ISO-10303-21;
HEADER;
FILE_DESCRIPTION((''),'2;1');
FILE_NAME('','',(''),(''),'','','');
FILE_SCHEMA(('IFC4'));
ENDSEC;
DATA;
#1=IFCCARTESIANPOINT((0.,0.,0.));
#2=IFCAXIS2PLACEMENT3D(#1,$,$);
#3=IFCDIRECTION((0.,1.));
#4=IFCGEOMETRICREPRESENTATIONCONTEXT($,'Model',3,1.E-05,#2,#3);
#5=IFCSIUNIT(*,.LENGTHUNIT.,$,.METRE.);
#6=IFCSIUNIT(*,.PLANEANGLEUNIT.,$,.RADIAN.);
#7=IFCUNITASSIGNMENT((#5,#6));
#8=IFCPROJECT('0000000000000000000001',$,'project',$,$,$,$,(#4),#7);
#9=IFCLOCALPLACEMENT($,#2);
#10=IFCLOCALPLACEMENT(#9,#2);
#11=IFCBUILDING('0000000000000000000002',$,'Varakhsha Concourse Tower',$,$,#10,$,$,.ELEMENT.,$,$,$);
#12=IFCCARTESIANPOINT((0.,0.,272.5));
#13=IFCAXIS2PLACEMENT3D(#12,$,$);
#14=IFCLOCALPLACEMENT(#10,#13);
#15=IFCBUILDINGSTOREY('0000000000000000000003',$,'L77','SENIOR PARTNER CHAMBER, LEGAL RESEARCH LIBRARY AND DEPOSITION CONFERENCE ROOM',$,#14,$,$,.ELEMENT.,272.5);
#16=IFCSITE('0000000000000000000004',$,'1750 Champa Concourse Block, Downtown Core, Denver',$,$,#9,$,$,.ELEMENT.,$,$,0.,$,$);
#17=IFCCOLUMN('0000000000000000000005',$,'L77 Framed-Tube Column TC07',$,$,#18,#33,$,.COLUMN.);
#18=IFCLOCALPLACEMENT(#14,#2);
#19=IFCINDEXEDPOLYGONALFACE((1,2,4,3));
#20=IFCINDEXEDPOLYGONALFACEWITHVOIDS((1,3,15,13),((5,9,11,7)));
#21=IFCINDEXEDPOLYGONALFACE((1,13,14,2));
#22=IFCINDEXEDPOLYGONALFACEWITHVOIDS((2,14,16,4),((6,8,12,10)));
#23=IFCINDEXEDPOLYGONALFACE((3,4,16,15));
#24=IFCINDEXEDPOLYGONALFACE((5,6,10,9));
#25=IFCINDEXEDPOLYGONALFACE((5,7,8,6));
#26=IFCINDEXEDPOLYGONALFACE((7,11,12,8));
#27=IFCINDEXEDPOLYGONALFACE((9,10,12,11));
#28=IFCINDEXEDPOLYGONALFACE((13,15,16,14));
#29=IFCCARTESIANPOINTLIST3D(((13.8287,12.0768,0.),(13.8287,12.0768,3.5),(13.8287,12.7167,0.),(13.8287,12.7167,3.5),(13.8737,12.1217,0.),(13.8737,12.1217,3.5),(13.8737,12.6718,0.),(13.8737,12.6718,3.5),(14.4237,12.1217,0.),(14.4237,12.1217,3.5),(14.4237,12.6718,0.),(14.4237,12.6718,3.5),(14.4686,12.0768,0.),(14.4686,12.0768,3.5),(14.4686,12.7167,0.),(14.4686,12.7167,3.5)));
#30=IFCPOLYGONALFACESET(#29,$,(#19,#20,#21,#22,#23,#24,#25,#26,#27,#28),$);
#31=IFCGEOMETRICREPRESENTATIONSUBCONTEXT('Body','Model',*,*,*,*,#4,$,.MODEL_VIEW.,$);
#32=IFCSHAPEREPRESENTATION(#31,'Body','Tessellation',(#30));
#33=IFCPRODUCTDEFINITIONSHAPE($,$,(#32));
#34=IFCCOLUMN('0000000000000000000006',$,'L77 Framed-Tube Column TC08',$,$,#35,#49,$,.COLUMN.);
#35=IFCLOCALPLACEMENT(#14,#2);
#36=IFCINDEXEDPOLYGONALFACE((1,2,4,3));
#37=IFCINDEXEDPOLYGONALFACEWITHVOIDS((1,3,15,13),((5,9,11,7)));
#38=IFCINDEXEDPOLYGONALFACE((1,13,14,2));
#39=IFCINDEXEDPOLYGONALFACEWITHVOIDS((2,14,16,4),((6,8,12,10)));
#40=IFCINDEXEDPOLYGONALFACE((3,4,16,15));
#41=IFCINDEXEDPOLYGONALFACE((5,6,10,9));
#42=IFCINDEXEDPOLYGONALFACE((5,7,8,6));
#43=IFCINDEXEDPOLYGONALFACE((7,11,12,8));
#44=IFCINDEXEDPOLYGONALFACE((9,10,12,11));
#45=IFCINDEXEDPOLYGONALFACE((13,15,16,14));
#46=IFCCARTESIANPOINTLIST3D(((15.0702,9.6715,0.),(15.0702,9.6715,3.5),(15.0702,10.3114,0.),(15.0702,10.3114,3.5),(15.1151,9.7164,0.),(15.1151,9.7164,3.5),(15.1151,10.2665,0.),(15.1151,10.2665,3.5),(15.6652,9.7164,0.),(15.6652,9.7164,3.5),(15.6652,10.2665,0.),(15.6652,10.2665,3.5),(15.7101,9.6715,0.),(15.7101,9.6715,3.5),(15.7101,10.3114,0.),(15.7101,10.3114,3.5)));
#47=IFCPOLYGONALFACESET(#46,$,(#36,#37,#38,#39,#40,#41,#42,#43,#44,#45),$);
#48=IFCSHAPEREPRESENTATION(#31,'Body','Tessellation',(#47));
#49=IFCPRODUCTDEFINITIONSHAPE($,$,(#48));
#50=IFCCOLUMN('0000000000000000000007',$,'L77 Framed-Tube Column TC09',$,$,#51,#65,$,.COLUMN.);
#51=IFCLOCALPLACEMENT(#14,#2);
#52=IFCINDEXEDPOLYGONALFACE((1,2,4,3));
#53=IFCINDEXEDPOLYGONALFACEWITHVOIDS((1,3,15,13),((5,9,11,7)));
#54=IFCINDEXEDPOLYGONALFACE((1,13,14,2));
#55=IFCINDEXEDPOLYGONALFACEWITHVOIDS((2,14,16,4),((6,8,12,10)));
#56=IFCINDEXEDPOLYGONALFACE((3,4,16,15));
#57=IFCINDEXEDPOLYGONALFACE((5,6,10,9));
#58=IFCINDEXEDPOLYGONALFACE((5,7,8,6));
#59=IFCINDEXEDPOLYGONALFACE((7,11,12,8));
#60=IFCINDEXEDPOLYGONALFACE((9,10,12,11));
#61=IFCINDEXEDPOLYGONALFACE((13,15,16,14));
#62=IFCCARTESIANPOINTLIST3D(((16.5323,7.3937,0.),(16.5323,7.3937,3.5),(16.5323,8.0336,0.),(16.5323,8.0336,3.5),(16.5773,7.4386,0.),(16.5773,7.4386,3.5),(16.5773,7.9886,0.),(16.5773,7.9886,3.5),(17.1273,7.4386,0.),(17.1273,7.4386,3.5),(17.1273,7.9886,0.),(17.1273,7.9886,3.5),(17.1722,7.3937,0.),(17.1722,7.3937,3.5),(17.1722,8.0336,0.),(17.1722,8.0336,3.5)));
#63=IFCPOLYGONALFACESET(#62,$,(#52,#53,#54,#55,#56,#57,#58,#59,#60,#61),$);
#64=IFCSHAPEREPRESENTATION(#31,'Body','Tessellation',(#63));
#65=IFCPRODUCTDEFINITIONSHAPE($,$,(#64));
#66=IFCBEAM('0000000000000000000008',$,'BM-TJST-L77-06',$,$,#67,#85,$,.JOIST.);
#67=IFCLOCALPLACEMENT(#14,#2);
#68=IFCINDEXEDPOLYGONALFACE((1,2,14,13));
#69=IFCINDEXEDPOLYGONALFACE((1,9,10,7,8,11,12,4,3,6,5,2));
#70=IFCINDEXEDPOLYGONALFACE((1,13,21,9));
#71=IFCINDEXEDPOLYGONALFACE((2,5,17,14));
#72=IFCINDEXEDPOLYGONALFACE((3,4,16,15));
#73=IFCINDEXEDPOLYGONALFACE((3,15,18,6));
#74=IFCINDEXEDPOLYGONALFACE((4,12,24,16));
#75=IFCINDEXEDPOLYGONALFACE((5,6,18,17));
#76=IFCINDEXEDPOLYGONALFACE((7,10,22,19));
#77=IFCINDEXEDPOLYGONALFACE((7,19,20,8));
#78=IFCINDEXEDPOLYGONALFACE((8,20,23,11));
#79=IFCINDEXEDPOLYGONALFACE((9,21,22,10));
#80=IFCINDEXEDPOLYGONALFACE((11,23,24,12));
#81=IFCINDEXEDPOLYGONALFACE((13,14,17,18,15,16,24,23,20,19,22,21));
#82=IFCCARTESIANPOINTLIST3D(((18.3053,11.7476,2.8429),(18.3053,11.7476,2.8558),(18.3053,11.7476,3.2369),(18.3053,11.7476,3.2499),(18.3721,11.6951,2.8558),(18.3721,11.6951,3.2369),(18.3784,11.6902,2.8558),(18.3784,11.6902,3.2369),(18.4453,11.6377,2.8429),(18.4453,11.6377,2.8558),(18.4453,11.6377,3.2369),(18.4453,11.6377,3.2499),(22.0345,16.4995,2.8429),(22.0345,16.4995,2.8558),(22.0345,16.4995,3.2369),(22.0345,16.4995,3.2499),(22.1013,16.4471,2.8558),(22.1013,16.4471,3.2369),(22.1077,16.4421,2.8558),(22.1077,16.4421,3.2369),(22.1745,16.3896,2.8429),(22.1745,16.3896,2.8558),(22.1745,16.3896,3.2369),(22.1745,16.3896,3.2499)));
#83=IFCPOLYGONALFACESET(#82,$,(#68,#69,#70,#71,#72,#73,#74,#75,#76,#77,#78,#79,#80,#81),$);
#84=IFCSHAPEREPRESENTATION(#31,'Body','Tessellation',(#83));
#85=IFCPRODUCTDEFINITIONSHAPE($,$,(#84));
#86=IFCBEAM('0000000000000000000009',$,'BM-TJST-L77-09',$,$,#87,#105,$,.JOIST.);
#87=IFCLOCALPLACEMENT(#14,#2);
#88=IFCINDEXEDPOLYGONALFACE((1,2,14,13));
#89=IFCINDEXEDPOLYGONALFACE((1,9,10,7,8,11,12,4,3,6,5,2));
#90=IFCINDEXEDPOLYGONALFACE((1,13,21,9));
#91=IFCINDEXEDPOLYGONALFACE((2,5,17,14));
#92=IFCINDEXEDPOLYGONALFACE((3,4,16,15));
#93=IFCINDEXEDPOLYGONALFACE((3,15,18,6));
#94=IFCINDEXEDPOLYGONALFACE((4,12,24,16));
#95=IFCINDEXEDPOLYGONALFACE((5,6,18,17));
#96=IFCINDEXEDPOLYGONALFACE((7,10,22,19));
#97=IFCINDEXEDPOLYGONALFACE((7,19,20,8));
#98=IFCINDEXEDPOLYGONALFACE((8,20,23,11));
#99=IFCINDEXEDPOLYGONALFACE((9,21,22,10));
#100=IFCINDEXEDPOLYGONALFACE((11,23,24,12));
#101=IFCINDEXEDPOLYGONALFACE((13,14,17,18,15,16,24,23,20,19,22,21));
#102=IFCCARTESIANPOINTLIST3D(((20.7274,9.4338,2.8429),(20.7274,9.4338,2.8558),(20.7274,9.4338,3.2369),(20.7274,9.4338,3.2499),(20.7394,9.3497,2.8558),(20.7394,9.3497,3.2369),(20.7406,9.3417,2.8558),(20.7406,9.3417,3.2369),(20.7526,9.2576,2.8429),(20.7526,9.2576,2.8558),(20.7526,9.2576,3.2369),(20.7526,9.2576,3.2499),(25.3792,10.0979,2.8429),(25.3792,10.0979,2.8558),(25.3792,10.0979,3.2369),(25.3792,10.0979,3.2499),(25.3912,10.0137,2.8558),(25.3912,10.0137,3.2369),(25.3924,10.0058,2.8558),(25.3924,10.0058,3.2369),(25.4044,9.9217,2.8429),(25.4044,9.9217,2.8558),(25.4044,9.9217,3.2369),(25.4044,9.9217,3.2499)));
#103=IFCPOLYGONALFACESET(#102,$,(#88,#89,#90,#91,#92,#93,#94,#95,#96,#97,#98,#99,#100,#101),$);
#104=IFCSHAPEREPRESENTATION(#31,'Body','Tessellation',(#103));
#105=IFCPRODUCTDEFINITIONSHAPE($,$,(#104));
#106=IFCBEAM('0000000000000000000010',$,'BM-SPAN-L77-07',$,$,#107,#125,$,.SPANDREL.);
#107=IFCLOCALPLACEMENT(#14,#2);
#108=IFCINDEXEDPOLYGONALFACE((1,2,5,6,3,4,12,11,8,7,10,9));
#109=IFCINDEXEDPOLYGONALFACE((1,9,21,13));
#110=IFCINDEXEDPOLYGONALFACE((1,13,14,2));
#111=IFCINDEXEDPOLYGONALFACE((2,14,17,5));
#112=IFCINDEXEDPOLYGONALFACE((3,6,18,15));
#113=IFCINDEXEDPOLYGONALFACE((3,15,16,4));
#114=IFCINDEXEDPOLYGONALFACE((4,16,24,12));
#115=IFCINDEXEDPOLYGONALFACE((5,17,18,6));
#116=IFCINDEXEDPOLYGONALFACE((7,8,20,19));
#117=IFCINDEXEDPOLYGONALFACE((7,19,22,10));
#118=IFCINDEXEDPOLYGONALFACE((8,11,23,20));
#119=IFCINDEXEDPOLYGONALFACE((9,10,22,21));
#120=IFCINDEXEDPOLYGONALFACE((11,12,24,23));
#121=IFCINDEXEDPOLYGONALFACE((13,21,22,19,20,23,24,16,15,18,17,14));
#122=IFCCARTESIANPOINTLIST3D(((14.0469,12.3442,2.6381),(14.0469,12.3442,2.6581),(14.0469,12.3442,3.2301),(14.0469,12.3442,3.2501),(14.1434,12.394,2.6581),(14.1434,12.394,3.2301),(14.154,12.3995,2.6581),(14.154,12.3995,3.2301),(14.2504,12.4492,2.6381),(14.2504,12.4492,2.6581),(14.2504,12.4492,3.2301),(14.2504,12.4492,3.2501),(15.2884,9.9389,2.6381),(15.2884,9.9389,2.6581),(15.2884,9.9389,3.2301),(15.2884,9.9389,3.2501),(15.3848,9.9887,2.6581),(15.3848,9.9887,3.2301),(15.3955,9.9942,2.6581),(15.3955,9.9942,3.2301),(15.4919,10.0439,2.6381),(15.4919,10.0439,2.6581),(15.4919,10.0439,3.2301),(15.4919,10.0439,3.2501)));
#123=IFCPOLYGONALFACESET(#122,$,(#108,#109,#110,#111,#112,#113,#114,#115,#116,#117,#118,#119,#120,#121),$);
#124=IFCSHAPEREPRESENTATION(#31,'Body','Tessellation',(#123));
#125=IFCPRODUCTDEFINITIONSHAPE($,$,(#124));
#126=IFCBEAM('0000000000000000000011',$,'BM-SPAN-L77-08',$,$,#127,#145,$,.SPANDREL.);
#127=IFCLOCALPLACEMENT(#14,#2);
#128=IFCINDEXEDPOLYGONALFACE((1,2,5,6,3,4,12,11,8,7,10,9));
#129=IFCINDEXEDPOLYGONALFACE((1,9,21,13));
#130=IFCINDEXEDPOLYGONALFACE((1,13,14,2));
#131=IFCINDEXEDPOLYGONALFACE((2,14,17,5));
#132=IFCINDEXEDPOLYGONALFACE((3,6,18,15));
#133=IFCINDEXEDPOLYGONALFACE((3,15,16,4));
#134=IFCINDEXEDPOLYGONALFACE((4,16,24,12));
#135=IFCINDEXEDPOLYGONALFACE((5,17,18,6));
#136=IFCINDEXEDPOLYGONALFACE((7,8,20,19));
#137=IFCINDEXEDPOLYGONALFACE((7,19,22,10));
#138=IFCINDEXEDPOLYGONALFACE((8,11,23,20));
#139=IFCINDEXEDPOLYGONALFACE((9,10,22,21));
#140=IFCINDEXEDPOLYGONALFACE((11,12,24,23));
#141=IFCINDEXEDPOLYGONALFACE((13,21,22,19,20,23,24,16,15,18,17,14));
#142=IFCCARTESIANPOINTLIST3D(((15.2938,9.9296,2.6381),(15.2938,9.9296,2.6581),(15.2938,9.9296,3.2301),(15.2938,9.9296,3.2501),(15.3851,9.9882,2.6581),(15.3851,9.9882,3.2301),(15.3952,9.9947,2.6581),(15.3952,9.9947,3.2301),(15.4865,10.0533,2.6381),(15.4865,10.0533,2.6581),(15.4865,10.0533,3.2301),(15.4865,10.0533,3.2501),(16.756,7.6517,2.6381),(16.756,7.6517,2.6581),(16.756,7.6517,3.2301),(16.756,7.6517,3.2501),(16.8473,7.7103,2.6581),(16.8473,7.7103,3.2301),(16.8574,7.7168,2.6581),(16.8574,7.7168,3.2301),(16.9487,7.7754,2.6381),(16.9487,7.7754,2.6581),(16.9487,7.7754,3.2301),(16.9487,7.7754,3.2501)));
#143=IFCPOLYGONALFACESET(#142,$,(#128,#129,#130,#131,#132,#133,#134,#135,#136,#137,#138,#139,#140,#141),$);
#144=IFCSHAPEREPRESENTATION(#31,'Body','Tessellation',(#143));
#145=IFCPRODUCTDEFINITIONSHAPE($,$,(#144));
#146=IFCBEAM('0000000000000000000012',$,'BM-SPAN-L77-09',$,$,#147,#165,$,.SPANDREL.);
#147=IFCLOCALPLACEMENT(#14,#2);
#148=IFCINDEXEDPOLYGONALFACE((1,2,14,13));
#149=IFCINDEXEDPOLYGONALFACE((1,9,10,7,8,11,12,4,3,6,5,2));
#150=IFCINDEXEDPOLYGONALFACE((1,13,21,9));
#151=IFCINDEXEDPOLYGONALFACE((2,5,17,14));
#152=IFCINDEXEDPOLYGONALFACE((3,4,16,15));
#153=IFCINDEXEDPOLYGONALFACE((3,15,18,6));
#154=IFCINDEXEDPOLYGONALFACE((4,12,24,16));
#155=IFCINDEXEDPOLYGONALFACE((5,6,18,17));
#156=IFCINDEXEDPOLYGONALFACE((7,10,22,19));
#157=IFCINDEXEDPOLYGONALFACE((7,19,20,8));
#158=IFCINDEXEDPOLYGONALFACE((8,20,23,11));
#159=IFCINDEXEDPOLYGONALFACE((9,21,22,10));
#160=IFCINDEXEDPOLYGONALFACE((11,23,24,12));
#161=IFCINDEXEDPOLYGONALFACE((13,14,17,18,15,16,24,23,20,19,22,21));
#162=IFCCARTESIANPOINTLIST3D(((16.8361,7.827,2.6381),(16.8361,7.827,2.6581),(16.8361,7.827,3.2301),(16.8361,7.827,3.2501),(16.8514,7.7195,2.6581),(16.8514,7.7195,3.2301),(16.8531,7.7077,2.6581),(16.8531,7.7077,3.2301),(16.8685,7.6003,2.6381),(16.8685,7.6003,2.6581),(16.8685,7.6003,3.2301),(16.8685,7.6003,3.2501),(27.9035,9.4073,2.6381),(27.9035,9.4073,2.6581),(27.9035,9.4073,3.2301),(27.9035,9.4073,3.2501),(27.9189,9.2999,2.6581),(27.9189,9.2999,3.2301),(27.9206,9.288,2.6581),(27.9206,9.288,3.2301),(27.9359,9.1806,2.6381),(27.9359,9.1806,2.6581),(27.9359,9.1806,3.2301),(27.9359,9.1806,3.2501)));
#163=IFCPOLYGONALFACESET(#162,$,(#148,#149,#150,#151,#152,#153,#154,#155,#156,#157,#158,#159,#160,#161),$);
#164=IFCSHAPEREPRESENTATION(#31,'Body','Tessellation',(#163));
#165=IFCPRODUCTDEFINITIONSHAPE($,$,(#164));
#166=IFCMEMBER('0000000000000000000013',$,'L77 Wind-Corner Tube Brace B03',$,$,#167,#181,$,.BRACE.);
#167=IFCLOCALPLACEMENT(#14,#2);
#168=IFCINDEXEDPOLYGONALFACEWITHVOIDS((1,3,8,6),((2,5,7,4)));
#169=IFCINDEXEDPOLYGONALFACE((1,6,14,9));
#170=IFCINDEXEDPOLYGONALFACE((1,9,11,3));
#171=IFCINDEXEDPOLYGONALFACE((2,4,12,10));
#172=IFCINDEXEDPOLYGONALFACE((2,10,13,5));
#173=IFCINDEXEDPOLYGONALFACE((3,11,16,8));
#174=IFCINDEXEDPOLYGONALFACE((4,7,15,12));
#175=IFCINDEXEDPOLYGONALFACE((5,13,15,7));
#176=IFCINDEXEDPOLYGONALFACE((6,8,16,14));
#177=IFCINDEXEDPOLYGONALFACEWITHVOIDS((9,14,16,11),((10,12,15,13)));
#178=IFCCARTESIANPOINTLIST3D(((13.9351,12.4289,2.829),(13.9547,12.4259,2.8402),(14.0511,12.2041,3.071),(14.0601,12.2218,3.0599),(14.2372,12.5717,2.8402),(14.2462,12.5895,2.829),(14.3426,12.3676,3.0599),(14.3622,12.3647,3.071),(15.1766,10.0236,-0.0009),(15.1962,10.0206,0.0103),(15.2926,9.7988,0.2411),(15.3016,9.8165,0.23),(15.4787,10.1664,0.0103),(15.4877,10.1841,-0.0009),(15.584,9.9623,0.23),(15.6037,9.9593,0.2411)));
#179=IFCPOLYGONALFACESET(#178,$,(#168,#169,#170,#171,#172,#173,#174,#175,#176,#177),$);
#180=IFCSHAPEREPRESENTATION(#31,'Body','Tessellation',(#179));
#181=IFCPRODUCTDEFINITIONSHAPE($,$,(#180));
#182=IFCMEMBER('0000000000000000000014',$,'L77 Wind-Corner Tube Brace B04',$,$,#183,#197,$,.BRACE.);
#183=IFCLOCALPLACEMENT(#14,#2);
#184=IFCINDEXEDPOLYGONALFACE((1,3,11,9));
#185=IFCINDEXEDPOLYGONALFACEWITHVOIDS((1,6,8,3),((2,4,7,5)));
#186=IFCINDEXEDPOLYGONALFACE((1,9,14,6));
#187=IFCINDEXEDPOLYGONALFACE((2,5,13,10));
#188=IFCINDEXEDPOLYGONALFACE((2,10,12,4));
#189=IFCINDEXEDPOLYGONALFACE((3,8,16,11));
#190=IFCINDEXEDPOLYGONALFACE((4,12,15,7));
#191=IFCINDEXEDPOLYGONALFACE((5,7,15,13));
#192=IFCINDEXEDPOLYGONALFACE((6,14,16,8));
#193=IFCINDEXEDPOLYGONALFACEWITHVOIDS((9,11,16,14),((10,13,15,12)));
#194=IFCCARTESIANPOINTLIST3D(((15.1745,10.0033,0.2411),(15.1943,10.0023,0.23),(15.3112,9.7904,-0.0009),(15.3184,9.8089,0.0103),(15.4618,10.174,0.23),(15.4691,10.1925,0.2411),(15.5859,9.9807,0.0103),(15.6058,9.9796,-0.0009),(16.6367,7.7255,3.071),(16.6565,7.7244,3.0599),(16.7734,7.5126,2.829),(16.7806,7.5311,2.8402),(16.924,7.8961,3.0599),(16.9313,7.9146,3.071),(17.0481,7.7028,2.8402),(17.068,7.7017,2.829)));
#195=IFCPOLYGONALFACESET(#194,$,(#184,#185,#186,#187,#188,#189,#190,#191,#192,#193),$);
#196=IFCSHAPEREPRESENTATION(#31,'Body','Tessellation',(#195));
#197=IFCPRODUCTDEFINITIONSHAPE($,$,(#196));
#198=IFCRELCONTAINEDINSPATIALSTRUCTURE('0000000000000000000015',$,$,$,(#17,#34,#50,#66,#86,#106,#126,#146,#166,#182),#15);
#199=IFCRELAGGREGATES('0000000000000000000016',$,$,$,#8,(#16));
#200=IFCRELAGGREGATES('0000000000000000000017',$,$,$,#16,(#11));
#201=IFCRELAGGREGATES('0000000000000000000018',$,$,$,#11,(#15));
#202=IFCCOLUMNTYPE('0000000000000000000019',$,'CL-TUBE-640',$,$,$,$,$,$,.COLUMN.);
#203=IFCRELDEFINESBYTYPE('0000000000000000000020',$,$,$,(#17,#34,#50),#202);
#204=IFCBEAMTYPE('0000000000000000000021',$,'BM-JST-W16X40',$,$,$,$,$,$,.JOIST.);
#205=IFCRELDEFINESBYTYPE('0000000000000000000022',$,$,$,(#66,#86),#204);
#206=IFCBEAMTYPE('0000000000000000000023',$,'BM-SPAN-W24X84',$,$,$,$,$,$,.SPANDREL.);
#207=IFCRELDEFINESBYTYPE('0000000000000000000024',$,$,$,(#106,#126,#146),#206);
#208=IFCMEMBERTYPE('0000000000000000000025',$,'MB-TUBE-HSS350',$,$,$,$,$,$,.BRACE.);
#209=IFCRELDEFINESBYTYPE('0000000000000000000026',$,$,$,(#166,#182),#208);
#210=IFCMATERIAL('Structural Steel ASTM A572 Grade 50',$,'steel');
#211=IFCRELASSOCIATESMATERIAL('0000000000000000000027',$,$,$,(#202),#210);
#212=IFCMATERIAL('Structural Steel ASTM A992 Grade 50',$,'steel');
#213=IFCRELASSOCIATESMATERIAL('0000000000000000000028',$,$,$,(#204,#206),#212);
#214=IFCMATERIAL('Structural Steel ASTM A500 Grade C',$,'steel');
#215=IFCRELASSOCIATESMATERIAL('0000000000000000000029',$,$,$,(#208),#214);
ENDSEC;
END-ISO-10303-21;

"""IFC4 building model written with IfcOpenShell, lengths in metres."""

from ifc_helpers import new_model, si_unit, direction, frame, origin, origin_2d, place, context, subcontext, project, spatial, hollow_rectangle, i_section, extrude, source, transform, mapped, material, material_profile, profile_set, type_object, type_shapes, element, save


model = new_model("IFC4")

# Units and contexts
model_context = context("Model", 3, precision=1e-05, world=origin(), true_north=direction((0.0, 1.0)))
body_context = subcontext(model_context, "Body", "Model", "MODEL_VIEW")
ifc_project = project(units=[si_unit("LENGTHUNIT", "METRE"), si_unit("PLANEANGLEUNIT", "RADIAN")], contexts=[model_context])

# Site, building, storey
site_placement = place(None, origin())
site = spatial("IfcSite", under=ifc_project, at=site_placement, Name="1750 Champa Concourse Block, Downtown Core, Denver", CompositionType="ELEMENT", RefElevation=0.0)
building_placement = place(site_placement, origin())
building = spatial("IfcBuilding", under=site, at=building_placement, Name="Varakhsha Concourse Tower", CompositionType="ELEMENT")
storey_placement = place(building_placement, frame((0.0, 0.0, 272.5)))
storey = spatial("IfcBuildingStorey", under=building, at=storey_placement, Name="L77", Description="SENIOR PARTNER CHAMBER, LEGAL RESEARCH LIBRARY AND DEPOSITION CONFERENCE ROOM", CompositionType="ELEMENT", Elevation=272.5)

# Columns
ifc_material_1 = material(Name="Structural Steel ASTM A572 Grade 50", Category="steel")
ifc_material_profile_1 = material_profile(ifc_material_1, hollow_rectangle(XDim=0.6399, YDim=0.6399, WallThickness=0.0449, at=origin_2d()), Name="BOX 640x640x45")
ifc_profile_set_1 = profile_set([ifc_material_profile_1], Name="Structural Steel ASTM A572 Grade 50")
column_type = type_object("IfcColumnType", Name="CL-TUBE-640", PredefinedType="COLUMN", material=ifc_profile_set_1)
for number, where, z_axis, x_axis, name in (
    (1, (14.1487, 12.3967, 0.0), (0.0, 0.0, 1.0), (1.0, 0.0, 0.0), "L77 Framed-Tube Column TC07"),
    (2, (15.3901, 9.9915, 0.0), (0.0, 0.0, 1.0), (1.0, 0.0, 0.0), "L77 Framed-Tube Column TC08"),
    (3, (16.8523, 7.7136, 0.0), (0.0, 0.0, 1.0), (1.0, 0.0, 0.0), "L77 Framed-Tube Column TC09"),
):
    element("IfcColumn", number, at=place(storey_placement, frame(where, z_axis=z_axis, x_axis=x_axis)), inside=storey, type_object=column_type, Name=name, PredefinedType="COLUMN", context=body_context, shape_type="SweptSolid", body=[
        extrude(hollow_rectangle(XDim=0.6399, YDim=0.6399, WallThickness=0.0449, at=origin_2d()), origin(), (0.0, 0.0, 1.0), 3.5),
    ])

# Beams
ifc_material_2 = material(Name="Structural Steel ASTM A992 Grade 50", Category="steel")
ifc_material_profile_2 = material_profile(ifc_material_2, i_section(OverallWidth=0.178, OverallDepth=0.407, WebThickness=0.0081, FlangeThickness=0.0129, at=origin_2d()), Name="W16X40")
ifc_profile_set_2 = profile_set([ifc_material_profile_2], Name="Structural Steel ASTM A992 Grade 50")
beam_type_1 = type_object("IfcBeamType", Name="BM-JST-W16X40", PredefinedType="JOIST", material=ifc_profile_set_2)
beam_1_placement = place(storey_placement, frame((22.1045, 16.4446, 3.0464), z_axis=(-0.617368, -0.786674, 0.0), x_axis=(0.786674, -0.617368, 0.0)))
element("IfcBeam", 4, at=beam_1_placement, inside=storey, type_object=beam_type_1, Name="BM-TJST-L77-06", PredefinedType="JOIST", context=body_context, shape_type="SweptSolid", body=[
    extrude(i_section(OverallWidth=0.178, OverallDepth=0.407, WebThickness=0.0081, FlangeThickness=0.0129, at=origin_2d()), origin(), (0.0, 0.0, 1.0), 6.0405),
])
beam_2_placement = place(storey_placement, frame((20.74, 9.3457, 3.0464), z_axis=(0.989964, 0.14132, 0.0), x_axis=(-0.14132, 0.989964, 0.0)))
element("IfcBeam", 5, at=beam_2_placement, inside=storey, type_object=beam_type_1, Name="BM-TJST-L77-09", PredefinedType="JOIST", context=body_context, shape_type="SweptSolid", body=[
    extrude(i_section(OverallWidth=0.178, OverallDepth=0.407, WebThickness=0.0081, FlangeThickness=0.0129, at=origin_2d()), origin(), (0.0, 0.0, 1.0), 4.699),
])
ifc_material_profile_3 = material_profile(ifc_material_2, i_section(OverallWidth=0.229, OverallDepth=0.6121, WebThickness=0.012, FlangeThickness=0.02, at=origin_2d()), Name="W24X84")
ifc_profile_set_3 = profile_set([ifc_material_profile_3], Name="Structural Steel ASTM A992 Grade 50")
beam_type_2 = type_object("IfcBeamType", Name="BM-SPAN-W24X84", PredefinedType="SPANDREL", material=ifc_profile_set_3)
for number, where, z_axis, x_axis, name in (
    (6, (14.1487, 12.3967, 2.9441), (0.45865, -0.888617, 0.0), (0.888617, 0.45865, 0.0), "BM-SPAN-L77-07"),
    (7, (15.3901, 9.9915, 2.9441), (0.540192, -0.841542, 0.0), (0.841542, 0.540192, 0.0), "BM-SPAN-L77-08"),
):
    element("IfcBeam", number, at=place(storey_placement, frame(where, z_axis=z_axis, x_axis=x_axis)), inside=storey, type_object=beam_type_2, Name=name, PredefinedType="SPANDREL", context=body_context, shape_type="SweptSolid", body=[
        extrude(i_section(OverallWidth=0.229, OverallDepth=0.6121, WebThickness=0.012, FlangeThickness=0.02, at=origin_2d()), origin(), (0.0, 0.0, 1.0), 2.7068),
    ])
beam_3_placement = place(storey_placement, frame((16.8523, 7.7136, 2.9441), z_axis=(0.989959, 0.141357, 0.0), x_axis=(-0.141357, 0.989959, 0.0)))
element("IfcBeam", 8, at=beam_3_placement, inside=storey, type_object=beam_type_2, Name="BM-SPAN-L77-09", PredefinedType="SPANDREL", context=body_context, shape_type="SweptSolid", body=[
    extrude(i_section(OverallWidth=0.229, OverallDepth=0.6121, WebThickness=0.012, FlangeThickness=0.02, at=origin_2d()), origin(), (0.0, 0.0, 1.0), 11.1797),
])

# Members
ifc_material_3 = material(Name="Structural Steel ASTM A500 Grade C", Category="steel")
ifc_material_profile_4 = material_profile(ifc_material_3, hollow_rectangle(XDim=0.3501, YDim=0.3501, WallThickness=0.0161, at=origin_2d()), Name="HSS 350x350x16")
ifc_profile_set_4 = profile_set([ifc_material_profile_4], Name="Structural Steel ASTM A500 Grade C")
member_type_1 = type_object("IfcMemberType", Name="MB-TUBE-HSS350", PredefinedType="BRACE", material=ifc_profile_set_4)
shared_shape_1 = source(origin(), body_context, "Body", "SweptSolid", [
    extrude(hollow_rectangle(XDim=0.3501, YDim=0.3501, WallThickness=0.0161, at=origin_2d()), origin(), (0.0, 0.0, 1.0), 3.916),
])
type_shapes(member_type_1, [shared_shape_1])
for number, where, z_axis, x_axis, name in (
    (9, (15.3901, 9.9915, 0.1201), (-0.317027, 0.614228, 0.722647), (-0.888617, -0.45865, 0.0), "L77 Wind-Corner Tube Brace B03"),
    (10, (15.3901, 9.9915, 0.1201), (0.373389, -0.581686, 0.72265), (0.841542, 0.540192, 0.0), "L77 Wind-Corner Tube Brace B04"),
):
    element("IfcMember", number, at=place(storey_placement, frame(where, z_axis=z_axis, x_axis=x_axis)), inside=storey, type_object=member_type_1, Name=name, PredefinedType="BRACE", context=body_context, shape_type="MappedRepresentation", body=[
        mapped(shared_shape_1, transform((0.0, 0.0, 0.0), scale=1.0)),
    ])

save(model, "model.ifc")
